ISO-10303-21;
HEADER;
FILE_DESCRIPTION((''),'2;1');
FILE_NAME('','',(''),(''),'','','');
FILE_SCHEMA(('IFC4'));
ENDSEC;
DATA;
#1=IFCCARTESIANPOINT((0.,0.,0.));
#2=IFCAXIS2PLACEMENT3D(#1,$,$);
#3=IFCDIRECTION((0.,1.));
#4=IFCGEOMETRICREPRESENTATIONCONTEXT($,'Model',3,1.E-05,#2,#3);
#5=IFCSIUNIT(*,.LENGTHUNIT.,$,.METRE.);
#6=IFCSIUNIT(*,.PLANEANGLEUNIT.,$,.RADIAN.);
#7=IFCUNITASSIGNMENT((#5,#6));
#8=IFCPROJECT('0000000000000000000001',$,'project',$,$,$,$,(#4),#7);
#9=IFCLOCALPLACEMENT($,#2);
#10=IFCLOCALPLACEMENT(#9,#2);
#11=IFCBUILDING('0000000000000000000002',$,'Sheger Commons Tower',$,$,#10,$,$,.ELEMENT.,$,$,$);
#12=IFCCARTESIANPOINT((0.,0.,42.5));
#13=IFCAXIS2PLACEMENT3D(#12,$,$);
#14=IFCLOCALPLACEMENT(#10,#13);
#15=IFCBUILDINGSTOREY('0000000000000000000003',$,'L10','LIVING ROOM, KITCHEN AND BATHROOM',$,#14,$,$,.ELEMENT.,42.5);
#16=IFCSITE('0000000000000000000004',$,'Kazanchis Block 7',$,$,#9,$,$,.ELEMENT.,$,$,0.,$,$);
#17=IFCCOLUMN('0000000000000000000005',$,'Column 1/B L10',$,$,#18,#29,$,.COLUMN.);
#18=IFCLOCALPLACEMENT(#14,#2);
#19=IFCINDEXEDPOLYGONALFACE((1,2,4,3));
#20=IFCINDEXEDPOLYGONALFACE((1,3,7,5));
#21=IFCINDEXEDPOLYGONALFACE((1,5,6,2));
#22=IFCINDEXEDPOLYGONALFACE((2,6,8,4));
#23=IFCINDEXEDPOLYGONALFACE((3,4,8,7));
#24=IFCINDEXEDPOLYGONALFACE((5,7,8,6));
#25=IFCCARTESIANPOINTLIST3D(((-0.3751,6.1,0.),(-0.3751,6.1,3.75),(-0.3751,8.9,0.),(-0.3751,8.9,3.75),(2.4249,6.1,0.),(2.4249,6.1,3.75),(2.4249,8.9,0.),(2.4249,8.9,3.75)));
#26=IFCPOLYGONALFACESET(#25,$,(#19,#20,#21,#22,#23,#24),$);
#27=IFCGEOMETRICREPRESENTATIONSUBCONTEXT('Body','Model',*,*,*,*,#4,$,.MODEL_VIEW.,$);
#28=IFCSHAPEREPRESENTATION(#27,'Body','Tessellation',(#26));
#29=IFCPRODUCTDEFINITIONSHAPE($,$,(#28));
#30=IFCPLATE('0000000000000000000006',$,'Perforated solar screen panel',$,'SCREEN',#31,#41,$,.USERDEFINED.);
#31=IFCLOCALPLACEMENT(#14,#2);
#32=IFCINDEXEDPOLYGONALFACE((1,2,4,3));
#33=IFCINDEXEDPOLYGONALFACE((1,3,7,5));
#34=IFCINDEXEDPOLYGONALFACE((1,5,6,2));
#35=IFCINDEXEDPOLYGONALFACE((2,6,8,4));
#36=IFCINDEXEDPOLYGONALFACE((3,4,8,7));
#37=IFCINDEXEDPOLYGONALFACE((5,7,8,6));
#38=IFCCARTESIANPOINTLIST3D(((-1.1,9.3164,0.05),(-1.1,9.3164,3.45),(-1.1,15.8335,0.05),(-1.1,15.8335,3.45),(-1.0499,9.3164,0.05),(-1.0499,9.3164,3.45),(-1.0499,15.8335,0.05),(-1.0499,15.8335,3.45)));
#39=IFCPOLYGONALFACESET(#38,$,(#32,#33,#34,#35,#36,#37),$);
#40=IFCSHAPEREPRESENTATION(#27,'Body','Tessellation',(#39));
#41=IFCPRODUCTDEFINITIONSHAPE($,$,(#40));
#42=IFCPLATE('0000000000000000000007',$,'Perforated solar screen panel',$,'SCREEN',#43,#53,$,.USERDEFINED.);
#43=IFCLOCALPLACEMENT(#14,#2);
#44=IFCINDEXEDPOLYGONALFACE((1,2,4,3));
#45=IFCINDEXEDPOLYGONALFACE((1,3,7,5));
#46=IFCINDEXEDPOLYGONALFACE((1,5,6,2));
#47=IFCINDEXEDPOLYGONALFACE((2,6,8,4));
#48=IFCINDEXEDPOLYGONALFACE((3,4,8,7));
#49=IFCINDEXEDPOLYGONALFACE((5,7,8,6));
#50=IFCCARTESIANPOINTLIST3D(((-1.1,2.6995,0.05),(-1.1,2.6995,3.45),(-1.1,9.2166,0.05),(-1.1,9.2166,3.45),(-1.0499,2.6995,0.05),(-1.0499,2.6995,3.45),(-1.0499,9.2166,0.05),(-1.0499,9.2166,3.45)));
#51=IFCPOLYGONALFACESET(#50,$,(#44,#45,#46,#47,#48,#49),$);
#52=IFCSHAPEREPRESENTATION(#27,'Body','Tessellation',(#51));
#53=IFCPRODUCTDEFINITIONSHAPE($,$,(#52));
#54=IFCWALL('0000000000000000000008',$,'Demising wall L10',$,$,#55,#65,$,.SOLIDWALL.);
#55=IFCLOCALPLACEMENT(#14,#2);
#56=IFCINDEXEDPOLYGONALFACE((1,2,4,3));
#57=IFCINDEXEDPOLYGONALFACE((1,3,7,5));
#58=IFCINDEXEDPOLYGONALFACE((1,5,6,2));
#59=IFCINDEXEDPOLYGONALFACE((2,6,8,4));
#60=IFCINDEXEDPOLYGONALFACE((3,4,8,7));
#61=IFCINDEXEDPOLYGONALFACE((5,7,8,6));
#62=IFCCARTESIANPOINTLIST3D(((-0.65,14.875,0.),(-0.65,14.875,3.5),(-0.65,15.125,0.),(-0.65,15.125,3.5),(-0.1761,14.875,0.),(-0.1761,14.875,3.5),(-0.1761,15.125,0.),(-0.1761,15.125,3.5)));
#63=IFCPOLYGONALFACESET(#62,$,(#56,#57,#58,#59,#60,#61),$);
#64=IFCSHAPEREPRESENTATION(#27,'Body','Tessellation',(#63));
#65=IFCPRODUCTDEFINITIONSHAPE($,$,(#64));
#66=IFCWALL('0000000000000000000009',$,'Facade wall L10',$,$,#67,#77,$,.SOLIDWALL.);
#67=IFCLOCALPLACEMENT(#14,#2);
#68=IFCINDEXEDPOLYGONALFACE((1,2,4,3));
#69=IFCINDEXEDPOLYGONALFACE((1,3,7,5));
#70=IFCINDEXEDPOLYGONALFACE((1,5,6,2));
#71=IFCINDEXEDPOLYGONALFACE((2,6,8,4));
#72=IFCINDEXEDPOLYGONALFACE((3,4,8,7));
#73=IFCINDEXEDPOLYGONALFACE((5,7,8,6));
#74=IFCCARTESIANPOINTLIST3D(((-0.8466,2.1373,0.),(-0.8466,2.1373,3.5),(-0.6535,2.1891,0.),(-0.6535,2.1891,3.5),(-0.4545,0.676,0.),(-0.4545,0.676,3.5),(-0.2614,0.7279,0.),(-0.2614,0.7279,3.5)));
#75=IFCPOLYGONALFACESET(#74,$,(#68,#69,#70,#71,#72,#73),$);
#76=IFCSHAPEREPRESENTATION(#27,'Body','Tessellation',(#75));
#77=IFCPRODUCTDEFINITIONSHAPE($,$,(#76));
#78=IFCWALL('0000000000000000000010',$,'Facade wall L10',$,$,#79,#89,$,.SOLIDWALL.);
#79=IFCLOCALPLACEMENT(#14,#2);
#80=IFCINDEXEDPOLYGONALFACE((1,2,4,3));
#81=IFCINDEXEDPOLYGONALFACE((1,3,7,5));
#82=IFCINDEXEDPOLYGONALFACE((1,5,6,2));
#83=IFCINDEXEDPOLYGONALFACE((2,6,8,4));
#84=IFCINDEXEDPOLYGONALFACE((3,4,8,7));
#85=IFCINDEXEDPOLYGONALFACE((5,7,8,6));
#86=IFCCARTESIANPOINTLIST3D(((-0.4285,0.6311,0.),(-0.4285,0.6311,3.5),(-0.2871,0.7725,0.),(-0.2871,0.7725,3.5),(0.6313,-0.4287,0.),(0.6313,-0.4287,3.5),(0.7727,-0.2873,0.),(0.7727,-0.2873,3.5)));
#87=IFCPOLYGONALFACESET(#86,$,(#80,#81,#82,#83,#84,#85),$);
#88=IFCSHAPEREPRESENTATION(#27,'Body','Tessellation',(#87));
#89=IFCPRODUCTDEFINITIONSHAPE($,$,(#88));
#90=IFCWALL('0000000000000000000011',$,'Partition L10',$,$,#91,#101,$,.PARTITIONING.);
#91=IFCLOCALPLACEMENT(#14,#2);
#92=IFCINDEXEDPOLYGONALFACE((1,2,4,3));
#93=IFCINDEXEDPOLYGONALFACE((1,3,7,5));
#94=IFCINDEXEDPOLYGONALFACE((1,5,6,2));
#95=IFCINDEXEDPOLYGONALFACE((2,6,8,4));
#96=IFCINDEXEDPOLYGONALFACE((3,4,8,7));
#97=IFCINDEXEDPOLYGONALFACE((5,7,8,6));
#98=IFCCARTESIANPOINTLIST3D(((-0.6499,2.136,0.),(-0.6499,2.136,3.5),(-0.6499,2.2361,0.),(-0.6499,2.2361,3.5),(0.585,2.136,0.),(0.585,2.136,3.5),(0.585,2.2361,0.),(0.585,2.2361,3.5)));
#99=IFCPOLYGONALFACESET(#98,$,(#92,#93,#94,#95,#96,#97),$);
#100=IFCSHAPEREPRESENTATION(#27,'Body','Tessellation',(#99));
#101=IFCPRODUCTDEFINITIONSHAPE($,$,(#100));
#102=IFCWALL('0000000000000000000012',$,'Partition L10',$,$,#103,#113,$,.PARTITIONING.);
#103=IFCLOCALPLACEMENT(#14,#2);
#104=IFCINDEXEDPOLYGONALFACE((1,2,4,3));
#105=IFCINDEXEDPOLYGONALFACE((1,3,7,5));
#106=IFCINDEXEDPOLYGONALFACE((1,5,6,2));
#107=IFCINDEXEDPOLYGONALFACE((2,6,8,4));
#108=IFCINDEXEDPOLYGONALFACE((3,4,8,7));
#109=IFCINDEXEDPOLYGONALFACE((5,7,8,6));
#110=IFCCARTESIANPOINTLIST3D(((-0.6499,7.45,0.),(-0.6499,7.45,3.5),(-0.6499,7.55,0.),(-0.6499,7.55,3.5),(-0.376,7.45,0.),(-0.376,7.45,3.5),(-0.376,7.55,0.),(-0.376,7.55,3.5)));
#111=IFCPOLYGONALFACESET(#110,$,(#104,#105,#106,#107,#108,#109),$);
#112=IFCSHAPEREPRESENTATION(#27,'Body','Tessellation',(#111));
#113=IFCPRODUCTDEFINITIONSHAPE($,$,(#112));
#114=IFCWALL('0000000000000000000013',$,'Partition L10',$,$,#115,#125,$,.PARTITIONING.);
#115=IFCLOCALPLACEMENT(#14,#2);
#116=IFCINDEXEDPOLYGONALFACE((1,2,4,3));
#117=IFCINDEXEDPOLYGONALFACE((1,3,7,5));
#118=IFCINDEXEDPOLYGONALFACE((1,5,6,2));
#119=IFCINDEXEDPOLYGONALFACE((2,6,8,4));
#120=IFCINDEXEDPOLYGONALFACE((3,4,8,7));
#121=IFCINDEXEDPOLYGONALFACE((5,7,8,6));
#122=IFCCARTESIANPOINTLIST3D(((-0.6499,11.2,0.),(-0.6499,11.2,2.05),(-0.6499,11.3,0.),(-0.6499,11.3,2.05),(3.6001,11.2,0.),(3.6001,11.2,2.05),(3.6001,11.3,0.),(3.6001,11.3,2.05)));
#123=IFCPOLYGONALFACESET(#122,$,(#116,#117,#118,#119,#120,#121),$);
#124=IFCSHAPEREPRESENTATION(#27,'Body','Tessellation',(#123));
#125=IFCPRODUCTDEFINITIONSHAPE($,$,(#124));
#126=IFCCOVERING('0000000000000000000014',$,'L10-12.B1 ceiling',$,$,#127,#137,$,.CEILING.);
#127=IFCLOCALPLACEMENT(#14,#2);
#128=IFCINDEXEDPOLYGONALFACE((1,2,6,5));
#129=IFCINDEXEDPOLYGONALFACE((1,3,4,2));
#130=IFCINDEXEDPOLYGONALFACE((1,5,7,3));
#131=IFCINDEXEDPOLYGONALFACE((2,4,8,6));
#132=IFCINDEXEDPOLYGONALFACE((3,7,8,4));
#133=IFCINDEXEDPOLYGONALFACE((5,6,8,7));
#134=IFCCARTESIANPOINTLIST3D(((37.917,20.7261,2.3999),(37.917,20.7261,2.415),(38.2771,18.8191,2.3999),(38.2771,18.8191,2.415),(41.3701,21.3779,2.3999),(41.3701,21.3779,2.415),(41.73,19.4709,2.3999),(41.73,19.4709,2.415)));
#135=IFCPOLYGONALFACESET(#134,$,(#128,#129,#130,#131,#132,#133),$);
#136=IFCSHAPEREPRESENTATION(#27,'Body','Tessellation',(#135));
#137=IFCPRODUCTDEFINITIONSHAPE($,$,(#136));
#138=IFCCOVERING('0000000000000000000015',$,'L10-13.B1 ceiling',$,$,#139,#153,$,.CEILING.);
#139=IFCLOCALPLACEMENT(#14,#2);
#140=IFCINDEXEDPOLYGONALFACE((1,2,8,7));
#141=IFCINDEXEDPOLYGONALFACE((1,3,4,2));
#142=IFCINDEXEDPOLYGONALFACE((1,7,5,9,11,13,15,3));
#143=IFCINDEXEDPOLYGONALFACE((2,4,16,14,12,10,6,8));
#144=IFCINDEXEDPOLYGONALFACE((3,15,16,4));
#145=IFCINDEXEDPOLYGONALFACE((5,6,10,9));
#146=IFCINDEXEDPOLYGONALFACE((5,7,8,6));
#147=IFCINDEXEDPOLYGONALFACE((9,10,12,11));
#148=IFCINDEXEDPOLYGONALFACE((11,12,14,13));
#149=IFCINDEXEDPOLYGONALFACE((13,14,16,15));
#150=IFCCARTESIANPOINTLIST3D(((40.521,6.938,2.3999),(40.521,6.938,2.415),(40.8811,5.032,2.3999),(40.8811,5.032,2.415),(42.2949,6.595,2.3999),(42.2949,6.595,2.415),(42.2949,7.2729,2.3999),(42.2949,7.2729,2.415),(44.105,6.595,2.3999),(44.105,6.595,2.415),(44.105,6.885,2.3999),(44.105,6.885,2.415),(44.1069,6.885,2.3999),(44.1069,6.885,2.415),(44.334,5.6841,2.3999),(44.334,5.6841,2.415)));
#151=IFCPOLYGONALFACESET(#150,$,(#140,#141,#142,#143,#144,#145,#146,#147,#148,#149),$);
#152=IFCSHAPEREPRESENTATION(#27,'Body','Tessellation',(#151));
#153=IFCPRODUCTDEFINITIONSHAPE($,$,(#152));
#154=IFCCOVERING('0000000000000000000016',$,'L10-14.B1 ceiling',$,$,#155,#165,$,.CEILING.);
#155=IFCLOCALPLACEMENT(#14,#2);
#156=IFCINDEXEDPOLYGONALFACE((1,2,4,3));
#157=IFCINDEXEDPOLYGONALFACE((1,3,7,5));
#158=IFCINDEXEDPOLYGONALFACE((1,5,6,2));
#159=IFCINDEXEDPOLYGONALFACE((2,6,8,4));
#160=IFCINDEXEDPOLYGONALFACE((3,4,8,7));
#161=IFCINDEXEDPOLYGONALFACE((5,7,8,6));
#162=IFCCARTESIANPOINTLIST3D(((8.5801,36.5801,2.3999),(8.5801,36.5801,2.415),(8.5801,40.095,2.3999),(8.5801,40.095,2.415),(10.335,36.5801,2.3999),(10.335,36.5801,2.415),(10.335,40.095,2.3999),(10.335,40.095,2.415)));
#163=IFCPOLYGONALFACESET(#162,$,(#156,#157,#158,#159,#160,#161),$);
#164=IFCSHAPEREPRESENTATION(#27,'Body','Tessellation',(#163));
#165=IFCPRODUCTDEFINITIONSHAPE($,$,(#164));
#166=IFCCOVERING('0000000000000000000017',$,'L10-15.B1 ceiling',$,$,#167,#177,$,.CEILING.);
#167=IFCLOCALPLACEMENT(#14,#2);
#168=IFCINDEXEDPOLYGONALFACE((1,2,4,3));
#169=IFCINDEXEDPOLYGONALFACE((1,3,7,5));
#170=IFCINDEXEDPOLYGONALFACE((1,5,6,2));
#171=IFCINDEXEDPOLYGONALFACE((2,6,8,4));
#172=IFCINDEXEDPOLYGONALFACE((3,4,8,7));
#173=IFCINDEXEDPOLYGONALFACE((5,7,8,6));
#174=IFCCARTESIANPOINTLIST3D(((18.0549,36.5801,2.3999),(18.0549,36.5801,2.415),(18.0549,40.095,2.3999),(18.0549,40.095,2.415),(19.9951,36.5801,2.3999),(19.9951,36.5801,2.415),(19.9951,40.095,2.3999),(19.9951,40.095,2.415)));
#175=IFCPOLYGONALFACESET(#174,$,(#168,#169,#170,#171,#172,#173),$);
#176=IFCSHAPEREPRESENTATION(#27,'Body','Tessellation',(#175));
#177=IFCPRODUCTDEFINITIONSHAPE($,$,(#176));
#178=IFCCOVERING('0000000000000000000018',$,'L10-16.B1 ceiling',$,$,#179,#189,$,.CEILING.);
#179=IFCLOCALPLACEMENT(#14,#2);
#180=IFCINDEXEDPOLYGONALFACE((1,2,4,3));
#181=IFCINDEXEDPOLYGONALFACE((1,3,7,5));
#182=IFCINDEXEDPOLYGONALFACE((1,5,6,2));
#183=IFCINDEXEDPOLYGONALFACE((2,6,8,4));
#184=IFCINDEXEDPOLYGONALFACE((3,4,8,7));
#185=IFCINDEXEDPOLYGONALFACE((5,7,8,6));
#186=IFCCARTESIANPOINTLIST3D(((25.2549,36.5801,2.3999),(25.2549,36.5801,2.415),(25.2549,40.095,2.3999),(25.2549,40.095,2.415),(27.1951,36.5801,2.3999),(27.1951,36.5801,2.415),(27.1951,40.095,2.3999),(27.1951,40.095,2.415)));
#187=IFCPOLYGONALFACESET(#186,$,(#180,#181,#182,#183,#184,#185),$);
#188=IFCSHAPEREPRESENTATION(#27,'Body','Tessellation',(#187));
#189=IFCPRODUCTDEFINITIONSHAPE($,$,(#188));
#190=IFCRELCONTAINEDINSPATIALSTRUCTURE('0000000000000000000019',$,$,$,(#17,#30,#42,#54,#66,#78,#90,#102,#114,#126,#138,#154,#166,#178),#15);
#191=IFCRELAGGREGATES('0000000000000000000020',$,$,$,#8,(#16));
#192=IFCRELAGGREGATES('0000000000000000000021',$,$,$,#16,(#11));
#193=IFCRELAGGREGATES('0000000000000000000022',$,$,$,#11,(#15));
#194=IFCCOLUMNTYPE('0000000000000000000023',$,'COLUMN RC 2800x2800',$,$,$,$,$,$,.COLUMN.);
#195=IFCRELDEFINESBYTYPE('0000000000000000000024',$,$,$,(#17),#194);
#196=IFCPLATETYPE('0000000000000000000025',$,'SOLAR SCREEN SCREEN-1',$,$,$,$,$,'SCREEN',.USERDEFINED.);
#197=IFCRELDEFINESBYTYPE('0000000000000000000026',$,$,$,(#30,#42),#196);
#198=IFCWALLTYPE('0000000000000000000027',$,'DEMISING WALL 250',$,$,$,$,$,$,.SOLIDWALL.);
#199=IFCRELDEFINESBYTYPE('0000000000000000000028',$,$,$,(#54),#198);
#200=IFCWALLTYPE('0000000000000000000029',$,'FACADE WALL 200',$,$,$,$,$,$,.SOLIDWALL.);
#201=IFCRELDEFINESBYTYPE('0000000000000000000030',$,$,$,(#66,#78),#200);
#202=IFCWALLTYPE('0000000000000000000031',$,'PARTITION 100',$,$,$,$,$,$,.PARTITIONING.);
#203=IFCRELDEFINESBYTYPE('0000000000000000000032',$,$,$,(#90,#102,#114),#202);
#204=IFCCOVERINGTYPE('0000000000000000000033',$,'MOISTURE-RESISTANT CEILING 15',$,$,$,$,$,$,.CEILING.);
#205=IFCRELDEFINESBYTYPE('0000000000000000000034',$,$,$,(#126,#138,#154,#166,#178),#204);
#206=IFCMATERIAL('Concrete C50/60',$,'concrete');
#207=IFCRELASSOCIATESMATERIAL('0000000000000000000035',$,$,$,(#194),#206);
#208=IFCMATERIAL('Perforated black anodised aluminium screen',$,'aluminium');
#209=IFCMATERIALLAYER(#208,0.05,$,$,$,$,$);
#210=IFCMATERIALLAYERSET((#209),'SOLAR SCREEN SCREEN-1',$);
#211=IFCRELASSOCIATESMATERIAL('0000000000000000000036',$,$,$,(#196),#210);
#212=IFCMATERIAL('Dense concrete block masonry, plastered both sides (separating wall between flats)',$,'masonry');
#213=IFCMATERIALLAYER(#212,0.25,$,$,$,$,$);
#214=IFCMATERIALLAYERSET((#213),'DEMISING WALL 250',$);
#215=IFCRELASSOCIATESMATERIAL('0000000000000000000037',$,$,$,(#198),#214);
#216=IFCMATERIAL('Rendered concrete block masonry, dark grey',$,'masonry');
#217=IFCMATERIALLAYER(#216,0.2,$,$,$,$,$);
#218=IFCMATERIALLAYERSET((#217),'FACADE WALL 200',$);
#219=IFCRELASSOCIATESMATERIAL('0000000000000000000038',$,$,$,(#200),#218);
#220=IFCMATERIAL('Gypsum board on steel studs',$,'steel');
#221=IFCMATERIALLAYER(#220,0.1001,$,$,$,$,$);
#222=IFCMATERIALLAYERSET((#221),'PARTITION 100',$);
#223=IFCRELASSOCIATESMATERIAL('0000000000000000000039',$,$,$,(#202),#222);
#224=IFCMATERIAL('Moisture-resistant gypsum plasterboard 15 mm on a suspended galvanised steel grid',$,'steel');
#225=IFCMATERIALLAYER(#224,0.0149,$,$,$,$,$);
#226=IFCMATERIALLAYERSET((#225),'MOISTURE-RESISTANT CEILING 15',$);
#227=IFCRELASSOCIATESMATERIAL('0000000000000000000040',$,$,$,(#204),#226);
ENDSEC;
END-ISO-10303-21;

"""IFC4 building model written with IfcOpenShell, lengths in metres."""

from ifc_helpers import new_model, si_unit, direction, frame, frame_2d, origin, origin_2d, place, context, subcontext, project, spatial, polyline, rectangle, outline, extrude, material, layer, layer_set, material_profile, profile_set, type_object, element, save


model = new_model("IFC4")

# Units and contexts
model_context = context("Model", 3, precision=1e-05, world=origin(), true_north=direction((0.0, 1.0)))
body_context = subcontext(model_context, "Body", "Model", "MODEL_VIEW")
ifc_project = project(units=[si_unit("LENGTHUNIT", "METRE"), si_unit("PLANEANGLEUNIT", "RADIAN")], contexts=[model_context])

# Site, building, storey
site_placement = place(None, origin())
site = spatial("IfcSite", under=ifc_project, at=site_placement, Name="Kazanchis Block 7", CompositionType="ELEMENT", RefElevation=0.0)
building_placement = place(site_placement, origin())
building = spatial("IfcBuilding", under=site, at=building_placement, Name="Sheger Commons Tower", CompositionType="ELEMENT")
storey_placement = place(building_placement, frame((0.0, 0.0, 42.5)))
storey = spatial("IfcBuildingStorey", under=building, at=storey_placement, Name="L10", Description="LIVING ROOM, KITCHEN AND BATHROOM", CompositionType="ELEMENT", Elevation=42.5)

# Column
ifc_material_1 = material(Name="Concrete C50/60", Category="concrete")
ifc_material_profile = material_profile(ifc_material_1, rectangle(XDim=2.8, YDim=2.8, at=origin_2d()), Name="RC 2800x2800")
ifc_profile_set = profile_set([ifc_material_profile], Name="Concrete C50/60")
column_type = type_object("IfcColumnType", Name="COLUMN RC 2800x2800", PredefinedType="COLUMN", material=ifc_profile_set)
column_placement = place(storey_placement, frame((1.0249, 7.5, 0.0), z_axis=(0.0, 0.0, 1.0), x_axis=(1.0, 0.0, 0.0)))
element("IfcColumn", 1, at=column_placement, inside=storey, type_object=column_type, Name="Column 1/B L10", PredefinedType="COLUMN", context=body_context, shape_type="SweptSolid", body=[
    extrude(rectangle(XDim=2.8, YDim=2.8, at=origin_2d()), origin(), (0.0, 0.0, 1.0), 3.75),
])

# Plates
ifc_material_2 = material(Name="Perforated black anodised aluminium screen", Category="aluminium")
ifc_layer_1 = layer(ifc_material_2, 0.05)
ifc_layer_set_1 = layer_set([ifc_layer_1], Name="SOLAR SCREEN SCREEN-1")
plate_type = type_object("IfcPlateType", Name="SOLAR SCREEN SCREEN-1", ElementType="SCREEN", PredefinedType="USERDEFINED", material=ifc_layer_set_1)
for number, where, z_axis, x_axis, name in (
    (2, (-1.075, 12.575, 0.05), (0.0, 0.0, 1.0), (0.0, -1.0, 0.0), "Perforated solar screen panel"),
    (3, (-1.075, 5.958, 0.05), (0.0, 0.0, 1.0), (0.0, -1.0, 0.0), "Perforated solar screen panel"),
):
    element("IfcPlate", number, at=place(storey_placement, frame(where, z_axis=z_axis, x_axis=x_axis)), inside=storey, type_object=plate_type, Name=name, ObjectType="SCREEN", PredefinedType="USERDEFINED", context=body_context, shape_type="SweptSolid", body=[
        extrude(rectangle(XDim=6.5171, YDim=0.05, at=origin_2d()), origin(), (0.0, 0.0, 1.0), 3.3999),
    ])

# Walls
ifc_material_3 = material(Name="Dense concrete block masonry, plastered both sides (separating wall between flats)", Category="masonry")
ifc_layer_2 = layer(ifc_material_3, 0.25)
ifc_layer_set_2 = layer_set([ifc_layer_2], Name="DEMISING WALL 250")
wall_type_1 = type_object("IfcWallType", Name="DEMISING WALL 250", PredefinedType="SOLIDWALL", material=ifc_layer_set_2)
wall_1_placement = place(storey_placement, frame((-0.6499, 15.0, 0.0), z_axis=(0.0, 0.0, 1.0), x_axis=(1.0, 0.0, 0.0)))
element("IfcWall", 4, at=wall_1_placement, inside=storey, type_object=wall_type_1, Name="Demising wall L10", PredefinedType="SOLIDWALL", context=body_context, shape_type="SweptSolid", body=[
    extrude(rectangle(XDim=0.4739, YDim=0.25, at=frame_2d((0.2368, 0.0))), origin(), (0.0, 0.0, 1.0), 3.5),
])
ifc_material_4 = material(Name="Rendered concrete block masonry, dark grey", Category="masonry")
ifc_layer_3 = layer(ifc_material_4, 0.2)
ifc_layer_set_3 = layer_set([ifc_layer_3], Name="FACADE WALL 200")
wall_type_2 = type_object("IfcWallType", Name="FACADE WALL 200", PredefinedType="SOLIDWALL", material=ifc_layer_set_3)
wall_2_placement = place(storey_placement, frame((-0.75, 2.1631, 0.0), z_axis=(0.0, 0.0, 1.0), x_axis=(0.259169, -0.965832, 0.0)))
element("IfcWall", 5, at=wall_2_placement, inside=storey, type_object=wall_type_2, Name="Facade wall L10", PredefinedType="SOLIDWALL", context=body_context, shape_type="SweptSolid", body=[
    extrude(rectangle(XDim=1.5129, YDim=0.2, at=frame_2d((0.7563, 0.0))), origin(), (0.0, 0.0, 1.0), 3.5),
])
wall_3_placement = place(storey_placement, frame((-0.3579, 0.7019, 0.0), z_axis=(0.0, 0.0, 1.0), x_axis=(0.707107, -0.707107, 0.0)))
element("IfcWall", 6, at=wall_3_placement, inside=storey, type_object=wall_type_2, Name="Facade wall L10", PredefinedType="SOLIDWALL", context=body_context, shape_type="SweptSolid", body=[
    extrude(rectangle(XDim=1.4988, YDim=0.2, at=frame_2d((0.7495, 0.0))), origin(), (0.0, 0.0, 1.0), 3.5),
])
ifc_material_5 = material(Name="Gypsum board on steel studs", Category="steel")
ifc_layer_4 = layer(ifc_material_5, 0.1001)
ifc_layer_set_4 = layer_set([ifc_layer_4], Name="PARTITION 100")
wall_type_3 = type_object("IfcWallType", Name="PARTITION 100", PredefinedType="PARTITIONING", material=ifc_layer_set_4)
wall_4_placement = place(storey_placement, frame((-0.6499, 2.186, 0.0), z_axis=(0.0, 0.0, 1.0), x_axis=(1.0, 0.0, 0.0)))
element("IfcWall", 7, at=wall_4_placement, inside=storey, type_object=wall_type_3, Name="Partition L10", PredefinedType="PARTITIONING", context=body_context, shape_type="SweptSolid", body=[
    extrude(rectangle(XDim=1.2349, YDim=0.1001, at=frame_2d((0.6174, 0.0))), origin(), (0.0, 0.0, 1.0), 3.5),
])
wall_5_placement = place(storey_placement, frame((-0.6499, 7.5, 0.0), z_axis=(0.0, 0.0, 1.0), x_axis=(1.0, 0.0, 0.0)))
element("IfcWall", 8, at=wall_5_placement, inside=storey, type_object=wall_type_3, Name="Partition L10", PredefinedType="PARTITIONING", context=body_context, shape_type="SweptSolid", body=[
    extrude(rectangle(XDim=0.2739, YDim=0.1001, at=frame_2d((0.137, 0.0))), origin(), (0.0, 0.0, 1.0), 3.5),
])
wall_6_placement = place(storey_placement, frame((-0.6499, 11.25, 0.0), z_axis=(0.0, 0.0, 1.0), x_axis=(1.0, 0.0, 0.0)))
element("IfcWall", 9, at=wall_6_placement, inside=storey, type_object=wall_type_3, Name="Partition L10", PredefinedType="PARTITIONING", context=body_context, shape_type="SweptSolid", body=[
    extrude(rectangle(XDim=4.25, YDim=0.1001, at=frame_2d((2.125, 0.0))), origin(), (0.0, 0.0, 1.0), 2.05),
])

# Coverings
ifc_material_6 = material(Name="Moisture-resistant gypsum plasterboard 15 mm on a suspended galvanised steel grid", Category="steel")
ifc_layer_5 = layer(ifc_material_6, 0.0149)
ifc_layer_set_5 = layer_set([ifc_layer_5], Name="MOISTURE-RESISTANT CEILING 15")
covering_type_1 = type_object("IfcCoveringType", Name="MOISTURE-RESISTANT CEILING 15", PredefinedType="CEILING", material=ifc_layer_set_5)
covering_1_placement = place(storey_placement, frame((0.0, 0.0, 2.3999)))
element("IfcCovering", 10, at=covering_1_placement, inside=storey, type_object=covering_type_1, Name="L10-12.B1 ceiling", PredefinedType="CEILING", context=body_context, shape_type="SweptSolid", body=[
    extrude(outline(polyline([(38.2771, 18.8191), (41.73, 19.4709), (41.3701, 21.3779), (37.917, 20.7261), (38.2771, 18.8191)])), origin(), (0.0, 0.0, 1.0), 0.0151),
])
covering_2_placement = place(storey_placement, frame((0.0, 0.0, 2.3999)))
element("IfcCovering", 11, at=covering_2_placement, inside=storey, type_object=covering_type_1, Name="L10-13.B1 ceiling", PredefinedType="CEILING", context=body_context, shape_type="SweptSolid", body=[
    extrude(outline(polyline([(40.8811, 5.032), (44.334, 5.6841), (44.1069, 6.885), (44.105, 6.885), (44.105, 6.595), (42.2949, 6.595), (42.2949, 7.2729), (40.521, 6.938), (40.8811, 5.032)])), origin(), (0.0, 0.0, 1.0), 0.0151),
])
covering_3_placement = place(storey_placement, frame((0.0, 0.0, 2.3999)))
element("IfcCovering", 12, at=covering_3_placement, inside=storey, type_object=covering_type_1, Name="L10-14.B1 ceiling", PredefinedType="CEILING", context=body_context, shape_type="SweptSolid", body=[
    extrude(outline(polyline([(8.5801, 36.5801), (10.335, 36.5801), (10.335, 40.095), (8.5801, 40.095), (8.5801, 36.5801)])), origin(), (0.0, 0.0, 1.0), 0.0151),
])
covering_4_placement = place(storey_placement, frame((0.0, 0.0, 2.3999)))
element("IfcCovering", 13, at=covering_4_placement, inside=storey, type_object=covering_type_1, Name="L10-15.B1 ceiling", PredefinedType="CEILING", context=body_context, shape_type="SweptSolid", body=[
    extrude(outline(polyline([(18.0549, 36.5801), (19.9951, 36.5801), (19.9951, 40.095), (18.0549, 40.095), (18.0549, 36.5801)])), origin(), (0.0, 0.0, 1.0), 0.0151),
])
covering_5_placement = place(storey_placement, frame((0.0, 0.0, 2.3999)))
element("IfcCovering", 14, at=covering_5_placement, inside=storey, type_object=covering_type_1, Name="L10-16.B1 ceiling", PredefinedType="CEILING", context=body_context, shape_type="SweptSolid", body=[
    extrude(outline(polyline([(25.2549, 36.5801), (27.1951, 36.5801), (27.1951, 40.095), (25.2549, 40.095), (25.2549, 36.5801)])), origin(), (0.0, 0.0, 1.0), 0.0151),
])

save(model, "model.ifc")
